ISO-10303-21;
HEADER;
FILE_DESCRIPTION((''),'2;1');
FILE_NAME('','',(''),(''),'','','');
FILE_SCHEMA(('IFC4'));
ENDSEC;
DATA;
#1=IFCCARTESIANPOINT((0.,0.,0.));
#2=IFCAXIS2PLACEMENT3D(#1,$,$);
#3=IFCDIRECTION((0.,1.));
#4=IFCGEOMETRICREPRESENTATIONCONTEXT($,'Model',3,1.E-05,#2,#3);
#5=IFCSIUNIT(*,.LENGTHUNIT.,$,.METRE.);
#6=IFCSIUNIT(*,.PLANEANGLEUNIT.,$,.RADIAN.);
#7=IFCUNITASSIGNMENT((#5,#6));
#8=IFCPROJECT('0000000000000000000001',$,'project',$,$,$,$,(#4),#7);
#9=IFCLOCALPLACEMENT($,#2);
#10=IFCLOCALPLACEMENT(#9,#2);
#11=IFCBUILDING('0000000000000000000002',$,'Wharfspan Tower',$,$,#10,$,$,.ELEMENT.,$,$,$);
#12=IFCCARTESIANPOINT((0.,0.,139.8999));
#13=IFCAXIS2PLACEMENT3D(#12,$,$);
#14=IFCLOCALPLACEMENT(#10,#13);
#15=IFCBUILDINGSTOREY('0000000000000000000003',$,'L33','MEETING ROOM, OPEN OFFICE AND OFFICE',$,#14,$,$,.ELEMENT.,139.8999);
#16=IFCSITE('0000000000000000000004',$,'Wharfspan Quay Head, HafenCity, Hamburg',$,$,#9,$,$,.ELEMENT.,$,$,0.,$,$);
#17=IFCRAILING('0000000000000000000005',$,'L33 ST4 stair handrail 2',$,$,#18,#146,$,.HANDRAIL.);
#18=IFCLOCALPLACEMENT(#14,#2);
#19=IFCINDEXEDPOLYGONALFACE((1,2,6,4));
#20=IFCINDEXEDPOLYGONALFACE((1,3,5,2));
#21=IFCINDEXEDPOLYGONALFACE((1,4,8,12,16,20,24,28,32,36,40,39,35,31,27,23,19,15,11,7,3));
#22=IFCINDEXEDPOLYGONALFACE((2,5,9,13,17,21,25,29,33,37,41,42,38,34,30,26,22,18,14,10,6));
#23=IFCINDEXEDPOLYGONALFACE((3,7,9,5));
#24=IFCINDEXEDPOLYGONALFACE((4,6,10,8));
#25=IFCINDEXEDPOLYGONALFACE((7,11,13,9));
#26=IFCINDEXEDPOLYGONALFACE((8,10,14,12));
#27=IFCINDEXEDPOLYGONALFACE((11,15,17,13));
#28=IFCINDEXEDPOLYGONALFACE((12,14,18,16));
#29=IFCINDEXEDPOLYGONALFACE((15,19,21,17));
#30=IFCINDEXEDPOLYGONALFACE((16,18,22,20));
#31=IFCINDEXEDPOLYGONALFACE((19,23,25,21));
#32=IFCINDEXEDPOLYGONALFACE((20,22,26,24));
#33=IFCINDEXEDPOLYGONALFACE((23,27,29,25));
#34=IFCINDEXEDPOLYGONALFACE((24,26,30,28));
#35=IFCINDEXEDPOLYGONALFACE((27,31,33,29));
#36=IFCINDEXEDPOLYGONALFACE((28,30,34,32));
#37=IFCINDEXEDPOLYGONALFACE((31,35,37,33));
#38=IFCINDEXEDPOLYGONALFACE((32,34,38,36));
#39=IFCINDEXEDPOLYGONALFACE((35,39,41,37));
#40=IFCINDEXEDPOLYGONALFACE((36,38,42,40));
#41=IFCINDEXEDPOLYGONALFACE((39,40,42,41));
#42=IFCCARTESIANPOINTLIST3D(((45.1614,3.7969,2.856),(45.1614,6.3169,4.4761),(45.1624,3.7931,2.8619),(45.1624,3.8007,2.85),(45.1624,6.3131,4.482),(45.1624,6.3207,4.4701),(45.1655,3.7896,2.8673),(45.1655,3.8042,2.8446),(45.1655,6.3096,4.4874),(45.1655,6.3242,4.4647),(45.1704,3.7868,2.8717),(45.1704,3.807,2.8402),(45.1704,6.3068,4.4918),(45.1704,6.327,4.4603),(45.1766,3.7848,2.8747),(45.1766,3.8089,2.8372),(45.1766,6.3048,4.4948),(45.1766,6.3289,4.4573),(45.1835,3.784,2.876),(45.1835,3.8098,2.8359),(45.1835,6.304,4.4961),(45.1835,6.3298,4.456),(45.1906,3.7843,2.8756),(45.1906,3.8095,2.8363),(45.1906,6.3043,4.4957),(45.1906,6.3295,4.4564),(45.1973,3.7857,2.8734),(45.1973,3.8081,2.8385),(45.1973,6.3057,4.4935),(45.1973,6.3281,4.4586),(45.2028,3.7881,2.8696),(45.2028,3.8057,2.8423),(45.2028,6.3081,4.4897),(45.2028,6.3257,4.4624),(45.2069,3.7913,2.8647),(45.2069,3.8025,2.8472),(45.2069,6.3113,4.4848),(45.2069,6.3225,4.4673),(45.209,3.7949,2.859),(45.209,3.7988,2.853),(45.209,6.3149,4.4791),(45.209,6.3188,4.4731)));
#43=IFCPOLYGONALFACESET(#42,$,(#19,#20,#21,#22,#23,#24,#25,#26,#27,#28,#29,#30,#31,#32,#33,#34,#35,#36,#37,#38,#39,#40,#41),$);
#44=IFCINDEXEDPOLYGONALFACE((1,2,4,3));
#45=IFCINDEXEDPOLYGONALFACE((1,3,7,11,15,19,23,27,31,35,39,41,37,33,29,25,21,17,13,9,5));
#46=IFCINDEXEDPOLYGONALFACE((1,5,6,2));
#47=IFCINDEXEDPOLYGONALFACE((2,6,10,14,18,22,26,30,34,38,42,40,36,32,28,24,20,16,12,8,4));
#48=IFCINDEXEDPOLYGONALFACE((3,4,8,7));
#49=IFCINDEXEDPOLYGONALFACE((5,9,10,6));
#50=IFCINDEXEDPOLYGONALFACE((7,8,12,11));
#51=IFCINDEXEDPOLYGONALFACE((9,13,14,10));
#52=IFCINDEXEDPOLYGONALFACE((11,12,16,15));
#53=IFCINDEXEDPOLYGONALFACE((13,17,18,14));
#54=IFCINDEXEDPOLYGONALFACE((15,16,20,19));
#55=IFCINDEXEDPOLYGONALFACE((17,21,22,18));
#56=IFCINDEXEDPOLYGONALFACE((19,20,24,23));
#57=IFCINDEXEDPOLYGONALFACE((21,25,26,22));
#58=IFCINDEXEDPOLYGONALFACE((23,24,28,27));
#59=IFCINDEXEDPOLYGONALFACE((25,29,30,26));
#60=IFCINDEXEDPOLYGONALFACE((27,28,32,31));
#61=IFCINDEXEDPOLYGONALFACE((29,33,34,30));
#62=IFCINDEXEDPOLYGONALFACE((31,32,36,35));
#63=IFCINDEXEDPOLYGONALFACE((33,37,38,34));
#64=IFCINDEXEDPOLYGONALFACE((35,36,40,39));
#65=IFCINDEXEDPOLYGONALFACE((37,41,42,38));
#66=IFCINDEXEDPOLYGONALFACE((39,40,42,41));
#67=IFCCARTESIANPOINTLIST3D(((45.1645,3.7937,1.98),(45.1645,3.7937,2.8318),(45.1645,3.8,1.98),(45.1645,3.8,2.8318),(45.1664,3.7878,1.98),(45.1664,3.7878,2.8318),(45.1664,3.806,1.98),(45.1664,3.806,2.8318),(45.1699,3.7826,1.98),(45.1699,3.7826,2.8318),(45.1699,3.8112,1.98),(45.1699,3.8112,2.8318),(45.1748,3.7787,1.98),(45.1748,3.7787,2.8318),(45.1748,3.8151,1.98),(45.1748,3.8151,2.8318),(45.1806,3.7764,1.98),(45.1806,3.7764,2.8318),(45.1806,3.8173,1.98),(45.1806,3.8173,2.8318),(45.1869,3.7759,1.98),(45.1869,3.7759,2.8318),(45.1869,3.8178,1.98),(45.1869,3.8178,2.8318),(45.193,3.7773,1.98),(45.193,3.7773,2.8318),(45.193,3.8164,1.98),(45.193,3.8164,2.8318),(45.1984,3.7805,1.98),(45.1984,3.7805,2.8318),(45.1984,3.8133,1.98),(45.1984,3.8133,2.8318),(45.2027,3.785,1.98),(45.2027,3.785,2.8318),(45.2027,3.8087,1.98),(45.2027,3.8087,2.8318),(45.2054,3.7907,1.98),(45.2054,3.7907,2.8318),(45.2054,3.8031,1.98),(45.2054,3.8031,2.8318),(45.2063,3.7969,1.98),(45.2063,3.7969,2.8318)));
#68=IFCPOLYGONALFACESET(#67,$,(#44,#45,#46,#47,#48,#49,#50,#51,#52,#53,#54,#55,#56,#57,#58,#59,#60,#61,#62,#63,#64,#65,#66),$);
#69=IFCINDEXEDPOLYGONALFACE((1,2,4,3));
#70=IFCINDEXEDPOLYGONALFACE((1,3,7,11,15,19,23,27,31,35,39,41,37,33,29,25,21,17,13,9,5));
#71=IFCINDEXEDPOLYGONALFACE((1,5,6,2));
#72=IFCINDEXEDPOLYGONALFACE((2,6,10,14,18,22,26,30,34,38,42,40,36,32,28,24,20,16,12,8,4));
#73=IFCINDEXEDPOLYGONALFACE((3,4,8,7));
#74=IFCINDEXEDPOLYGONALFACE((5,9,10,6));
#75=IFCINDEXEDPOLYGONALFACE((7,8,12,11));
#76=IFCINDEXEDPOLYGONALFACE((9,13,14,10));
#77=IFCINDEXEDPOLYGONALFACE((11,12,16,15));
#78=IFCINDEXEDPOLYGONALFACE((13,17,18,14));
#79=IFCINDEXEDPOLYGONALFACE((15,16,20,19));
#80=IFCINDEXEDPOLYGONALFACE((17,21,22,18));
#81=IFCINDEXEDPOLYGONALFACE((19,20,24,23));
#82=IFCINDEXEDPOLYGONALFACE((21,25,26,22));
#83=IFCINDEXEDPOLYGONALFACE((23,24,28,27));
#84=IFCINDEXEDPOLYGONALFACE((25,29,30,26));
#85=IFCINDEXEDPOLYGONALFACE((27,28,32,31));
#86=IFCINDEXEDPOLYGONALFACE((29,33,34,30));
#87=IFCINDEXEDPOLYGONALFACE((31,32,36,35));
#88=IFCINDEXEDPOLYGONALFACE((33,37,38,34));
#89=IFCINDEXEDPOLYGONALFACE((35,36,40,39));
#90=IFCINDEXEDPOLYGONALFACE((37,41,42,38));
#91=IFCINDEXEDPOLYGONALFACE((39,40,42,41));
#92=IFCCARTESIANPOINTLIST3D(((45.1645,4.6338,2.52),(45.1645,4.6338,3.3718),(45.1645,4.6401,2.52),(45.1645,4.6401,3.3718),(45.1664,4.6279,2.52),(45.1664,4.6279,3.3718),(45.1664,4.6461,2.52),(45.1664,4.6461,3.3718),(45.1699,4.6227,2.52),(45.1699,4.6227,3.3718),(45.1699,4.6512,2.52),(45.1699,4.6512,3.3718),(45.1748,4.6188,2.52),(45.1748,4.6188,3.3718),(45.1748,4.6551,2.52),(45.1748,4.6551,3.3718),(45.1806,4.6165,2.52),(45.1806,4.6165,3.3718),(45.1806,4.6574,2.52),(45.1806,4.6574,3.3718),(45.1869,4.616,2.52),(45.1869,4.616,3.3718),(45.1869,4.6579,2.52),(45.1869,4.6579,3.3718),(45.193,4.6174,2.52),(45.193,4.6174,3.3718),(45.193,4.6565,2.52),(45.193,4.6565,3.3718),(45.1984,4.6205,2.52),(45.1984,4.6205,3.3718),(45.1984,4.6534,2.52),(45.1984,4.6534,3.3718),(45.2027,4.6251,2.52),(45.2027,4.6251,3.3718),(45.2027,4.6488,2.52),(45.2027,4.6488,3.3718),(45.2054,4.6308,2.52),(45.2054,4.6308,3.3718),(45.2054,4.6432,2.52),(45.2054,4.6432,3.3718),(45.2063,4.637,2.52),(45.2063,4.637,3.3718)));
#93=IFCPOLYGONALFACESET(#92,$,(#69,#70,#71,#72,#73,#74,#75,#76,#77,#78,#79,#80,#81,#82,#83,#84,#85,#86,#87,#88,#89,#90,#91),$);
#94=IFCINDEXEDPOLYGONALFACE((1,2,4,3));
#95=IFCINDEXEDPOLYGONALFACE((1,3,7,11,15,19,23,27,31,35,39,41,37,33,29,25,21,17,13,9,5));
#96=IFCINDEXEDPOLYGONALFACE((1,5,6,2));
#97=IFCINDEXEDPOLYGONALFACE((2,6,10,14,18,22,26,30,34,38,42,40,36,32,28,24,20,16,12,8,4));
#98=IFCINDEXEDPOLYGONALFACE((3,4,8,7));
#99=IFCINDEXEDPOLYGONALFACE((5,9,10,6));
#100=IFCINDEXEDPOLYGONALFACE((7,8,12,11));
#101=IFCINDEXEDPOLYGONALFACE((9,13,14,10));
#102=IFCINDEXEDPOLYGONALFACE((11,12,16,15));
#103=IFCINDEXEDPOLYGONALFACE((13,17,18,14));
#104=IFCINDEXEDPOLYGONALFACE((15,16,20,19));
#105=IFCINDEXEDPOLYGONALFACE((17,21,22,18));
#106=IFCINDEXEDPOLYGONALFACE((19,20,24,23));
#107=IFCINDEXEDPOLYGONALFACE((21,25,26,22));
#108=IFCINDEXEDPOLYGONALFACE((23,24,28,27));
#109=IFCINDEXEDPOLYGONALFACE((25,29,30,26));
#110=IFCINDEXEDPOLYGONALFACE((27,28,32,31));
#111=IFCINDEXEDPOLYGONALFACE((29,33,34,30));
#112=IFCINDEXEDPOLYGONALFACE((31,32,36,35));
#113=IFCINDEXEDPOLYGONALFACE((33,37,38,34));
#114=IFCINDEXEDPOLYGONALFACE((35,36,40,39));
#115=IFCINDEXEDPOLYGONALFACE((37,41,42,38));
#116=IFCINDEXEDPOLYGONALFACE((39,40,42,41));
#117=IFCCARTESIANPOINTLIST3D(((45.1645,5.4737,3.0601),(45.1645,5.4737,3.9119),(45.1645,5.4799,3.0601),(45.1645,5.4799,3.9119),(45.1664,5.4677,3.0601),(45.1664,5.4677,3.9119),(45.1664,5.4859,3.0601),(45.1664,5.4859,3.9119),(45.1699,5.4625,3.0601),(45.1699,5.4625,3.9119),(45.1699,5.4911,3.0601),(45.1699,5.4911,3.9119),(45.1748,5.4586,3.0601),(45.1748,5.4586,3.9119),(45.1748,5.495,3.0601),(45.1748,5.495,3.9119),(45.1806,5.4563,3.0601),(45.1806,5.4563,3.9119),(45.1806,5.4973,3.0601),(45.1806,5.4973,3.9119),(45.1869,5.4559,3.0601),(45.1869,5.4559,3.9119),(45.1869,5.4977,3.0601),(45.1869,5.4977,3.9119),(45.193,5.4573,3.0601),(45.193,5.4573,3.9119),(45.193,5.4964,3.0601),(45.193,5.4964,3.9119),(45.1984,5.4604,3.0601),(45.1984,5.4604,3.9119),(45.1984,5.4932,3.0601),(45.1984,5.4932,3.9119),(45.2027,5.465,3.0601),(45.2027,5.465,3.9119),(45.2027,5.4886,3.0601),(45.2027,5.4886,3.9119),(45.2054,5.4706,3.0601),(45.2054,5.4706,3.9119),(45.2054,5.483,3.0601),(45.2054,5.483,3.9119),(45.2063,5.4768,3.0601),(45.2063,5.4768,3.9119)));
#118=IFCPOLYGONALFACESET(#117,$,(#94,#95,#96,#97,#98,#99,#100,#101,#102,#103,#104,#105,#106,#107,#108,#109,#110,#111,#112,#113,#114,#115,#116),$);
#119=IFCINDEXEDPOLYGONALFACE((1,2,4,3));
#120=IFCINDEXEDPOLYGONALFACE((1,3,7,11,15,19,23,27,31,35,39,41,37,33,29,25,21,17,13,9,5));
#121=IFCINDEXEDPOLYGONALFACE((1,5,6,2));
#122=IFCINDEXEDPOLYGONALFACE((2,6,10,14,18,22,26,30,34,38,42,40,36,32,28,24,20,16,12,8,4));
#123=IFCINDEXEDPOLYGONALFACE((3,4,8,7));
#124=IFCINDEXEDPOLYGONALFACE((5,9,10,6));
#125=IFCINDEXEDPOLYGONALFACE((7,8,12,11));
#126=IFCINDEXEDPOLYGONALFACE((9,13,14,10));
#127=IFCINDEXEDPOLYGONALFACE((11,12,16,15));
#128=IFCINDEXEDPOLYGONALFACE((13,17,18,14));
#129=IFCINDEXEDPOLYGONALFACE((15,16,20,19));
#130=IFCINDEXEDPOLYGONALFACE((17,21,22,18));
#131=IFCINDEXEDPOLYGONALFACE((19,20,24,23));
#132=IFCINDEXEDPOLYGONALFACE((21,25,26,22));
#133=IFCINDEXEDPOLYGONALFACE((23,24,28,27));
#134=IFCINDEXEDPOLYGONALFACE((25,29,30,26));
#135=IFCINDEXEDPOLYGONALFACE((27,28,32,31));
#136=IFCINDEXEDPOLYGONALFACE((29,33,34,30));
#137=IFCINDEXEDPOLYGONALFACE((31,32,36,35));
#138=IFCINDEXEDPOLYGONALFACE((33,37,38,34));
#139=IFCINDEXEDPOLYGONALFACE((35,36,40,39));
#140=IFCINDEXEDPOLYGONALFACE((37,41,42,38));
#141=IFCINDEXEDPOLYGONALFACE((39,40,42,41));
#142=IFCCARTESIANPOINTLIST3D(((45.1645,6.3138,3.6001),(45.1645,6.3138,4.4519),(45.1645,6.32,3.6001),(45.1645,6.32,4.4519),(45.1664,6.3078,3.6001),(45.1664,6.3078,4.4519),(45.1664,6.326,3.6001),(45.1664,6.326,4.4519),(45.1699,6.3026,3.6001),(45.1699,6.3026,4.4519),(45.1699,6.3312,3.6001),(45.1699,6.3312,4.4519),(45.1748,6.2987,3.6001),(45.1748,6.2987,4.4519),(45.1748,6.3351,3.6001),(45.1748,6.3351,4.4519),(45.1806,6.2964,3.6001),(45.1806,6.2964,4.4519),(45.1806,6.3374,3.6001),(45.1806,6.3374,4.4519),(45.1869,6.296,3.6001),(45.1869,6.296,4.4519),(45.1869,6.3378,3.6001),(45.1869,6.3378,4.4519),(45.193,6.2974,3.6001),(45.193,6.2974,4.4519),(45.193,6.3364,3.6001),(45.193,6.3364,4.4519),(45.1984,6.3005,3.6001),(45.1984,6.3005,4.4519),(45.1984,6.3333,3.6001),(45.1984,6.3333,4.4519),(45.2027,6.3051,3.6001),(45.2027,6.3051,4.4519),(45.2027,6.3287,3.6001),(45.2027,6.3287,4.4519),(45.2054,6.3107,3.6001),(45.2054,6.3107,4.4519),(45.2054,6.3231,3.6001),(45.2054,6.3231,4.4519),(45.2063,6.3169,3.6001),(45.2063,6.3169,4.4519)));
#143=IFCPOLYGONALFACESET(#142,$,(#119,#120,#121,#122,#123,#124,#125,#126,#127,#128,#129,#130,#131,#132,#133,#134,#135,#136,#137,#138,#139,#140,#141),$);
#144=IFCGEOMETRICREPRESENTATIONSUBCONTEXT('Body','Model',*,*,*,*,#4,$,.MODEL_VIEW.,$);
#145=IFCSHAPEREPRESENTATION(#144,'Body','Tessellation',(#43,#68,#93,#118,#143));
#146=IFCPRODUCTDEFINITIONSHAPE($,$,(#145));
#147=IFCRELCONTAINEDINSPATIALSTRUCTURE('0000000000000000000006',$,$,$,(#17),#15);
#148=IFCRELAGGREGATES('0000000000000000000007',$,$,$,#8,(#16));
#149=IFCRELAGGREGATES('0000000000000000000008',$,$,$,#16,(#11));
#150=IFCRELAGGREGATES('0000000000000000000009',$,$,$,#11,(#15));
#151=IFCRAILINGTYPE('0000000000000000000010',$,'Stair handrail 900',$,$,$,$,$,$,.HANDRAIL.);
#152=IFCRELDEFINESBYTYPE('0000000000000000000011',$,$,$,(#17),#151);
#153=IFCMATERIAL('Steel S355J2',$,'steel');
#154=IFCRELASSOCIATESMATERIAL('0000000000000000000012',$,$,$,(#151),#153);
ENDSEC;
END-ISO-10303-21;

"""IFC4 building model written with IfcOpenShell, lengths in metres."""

from ifc_helpers import new_model, si_unit, direction, frame, origin, origin_2d, place, context, subcontext, project, spatial, circle, extrude, material, type_object, element, save


model = new_model("IFC4")

# Units and contexts
model_context = context("Model", 3, precision=1e-05, world=origin(), true_north=direction((0.0, 1.0)))
body_context = subcontext(model_context, "Body", "Model", "MODEL_VIEW")
ifc_project = project(units=[si_unit("LENGTHUNIT", "METRE"), si_unit("PLANEANGLEUNIT", "RADIAN")], contexts=[model_context])

# Site, building, storey
site_placement = place(None, origin())
site = spatial("IfcSite", under=ifc_project, at=site_placement, Name="Wharfspan Quay Head, HafenCity, Hamburg", CompositionType="ELEMENT", RefElevation=0.0)
building_placement = place(site_placement, origin())
building = spatial("IfcBuilding", under=site, at=building_placement, Name="Wharfspan Tower", CompositionType="ELEMENT")
storey_placement = place(building_placement, frame((0.0, 0.0, 139.8999)))
storey = spatial("IfcBuildingStorey", under=building, at=storey_placement, Name="L33", Description="MEETING ROOM, OPEN OFFICE AND OFFICE", CompositionType="ELEMENT", Elevation=139.8999)

# Shared definitions
ifc_material_1 = material(Name="Steel S355J2", Category="steel")

# Railing
railing_type_1 = type_object("IfcRailingType", Name="Stair handrail 900", PredefinedType="HANDRAIL", material=ifc_material_1)
railing_1_placement = place(storey_placement, frame((45.1853, 3.7969, 1.98)))
element("IfcRailing", 1, at=railing_1_placement, inside=storey, type_object=railing_type_1, Name="L33 ST4 stair handrail 2", PredefinedType="HANDRAIL", context=body_context, shape_type="SweptSolid", body=[
    extrude(circle(Radius=0.0239, at=origin_2d()), frame((0.0, 0.0, 0.876), z_axis=(0.0, 0.841163, 0.540782), x_axis=(-1.0, 0.0, 0.0)), (0.0, 0.0, 1.0), 2.9958),
    extrude(circle(Radius=0.021, at=origin_2d()), origin(), (0.0, 0.0, 1.0), 0.8518),
    extrude(circle(Radius=0.021, at=origin_2d()), frame((0.0, 0.8401, 0.54)), (0.0, 0.0, 1.0), 0.8518),
    extrude(circle(Radius=0.021, at=origin_2d()), frame((0.0, 1.6799, 1.0801)), (0.0, 0.0, 1.0), 0.8518),
    extrude(circle(Radius=0.021, at=origin_2d()), frame((0.0, 2.52, 1.6201)), (0.0, 0.0, 1.0), 0.8518),
])

save(model, "model.ifc")
